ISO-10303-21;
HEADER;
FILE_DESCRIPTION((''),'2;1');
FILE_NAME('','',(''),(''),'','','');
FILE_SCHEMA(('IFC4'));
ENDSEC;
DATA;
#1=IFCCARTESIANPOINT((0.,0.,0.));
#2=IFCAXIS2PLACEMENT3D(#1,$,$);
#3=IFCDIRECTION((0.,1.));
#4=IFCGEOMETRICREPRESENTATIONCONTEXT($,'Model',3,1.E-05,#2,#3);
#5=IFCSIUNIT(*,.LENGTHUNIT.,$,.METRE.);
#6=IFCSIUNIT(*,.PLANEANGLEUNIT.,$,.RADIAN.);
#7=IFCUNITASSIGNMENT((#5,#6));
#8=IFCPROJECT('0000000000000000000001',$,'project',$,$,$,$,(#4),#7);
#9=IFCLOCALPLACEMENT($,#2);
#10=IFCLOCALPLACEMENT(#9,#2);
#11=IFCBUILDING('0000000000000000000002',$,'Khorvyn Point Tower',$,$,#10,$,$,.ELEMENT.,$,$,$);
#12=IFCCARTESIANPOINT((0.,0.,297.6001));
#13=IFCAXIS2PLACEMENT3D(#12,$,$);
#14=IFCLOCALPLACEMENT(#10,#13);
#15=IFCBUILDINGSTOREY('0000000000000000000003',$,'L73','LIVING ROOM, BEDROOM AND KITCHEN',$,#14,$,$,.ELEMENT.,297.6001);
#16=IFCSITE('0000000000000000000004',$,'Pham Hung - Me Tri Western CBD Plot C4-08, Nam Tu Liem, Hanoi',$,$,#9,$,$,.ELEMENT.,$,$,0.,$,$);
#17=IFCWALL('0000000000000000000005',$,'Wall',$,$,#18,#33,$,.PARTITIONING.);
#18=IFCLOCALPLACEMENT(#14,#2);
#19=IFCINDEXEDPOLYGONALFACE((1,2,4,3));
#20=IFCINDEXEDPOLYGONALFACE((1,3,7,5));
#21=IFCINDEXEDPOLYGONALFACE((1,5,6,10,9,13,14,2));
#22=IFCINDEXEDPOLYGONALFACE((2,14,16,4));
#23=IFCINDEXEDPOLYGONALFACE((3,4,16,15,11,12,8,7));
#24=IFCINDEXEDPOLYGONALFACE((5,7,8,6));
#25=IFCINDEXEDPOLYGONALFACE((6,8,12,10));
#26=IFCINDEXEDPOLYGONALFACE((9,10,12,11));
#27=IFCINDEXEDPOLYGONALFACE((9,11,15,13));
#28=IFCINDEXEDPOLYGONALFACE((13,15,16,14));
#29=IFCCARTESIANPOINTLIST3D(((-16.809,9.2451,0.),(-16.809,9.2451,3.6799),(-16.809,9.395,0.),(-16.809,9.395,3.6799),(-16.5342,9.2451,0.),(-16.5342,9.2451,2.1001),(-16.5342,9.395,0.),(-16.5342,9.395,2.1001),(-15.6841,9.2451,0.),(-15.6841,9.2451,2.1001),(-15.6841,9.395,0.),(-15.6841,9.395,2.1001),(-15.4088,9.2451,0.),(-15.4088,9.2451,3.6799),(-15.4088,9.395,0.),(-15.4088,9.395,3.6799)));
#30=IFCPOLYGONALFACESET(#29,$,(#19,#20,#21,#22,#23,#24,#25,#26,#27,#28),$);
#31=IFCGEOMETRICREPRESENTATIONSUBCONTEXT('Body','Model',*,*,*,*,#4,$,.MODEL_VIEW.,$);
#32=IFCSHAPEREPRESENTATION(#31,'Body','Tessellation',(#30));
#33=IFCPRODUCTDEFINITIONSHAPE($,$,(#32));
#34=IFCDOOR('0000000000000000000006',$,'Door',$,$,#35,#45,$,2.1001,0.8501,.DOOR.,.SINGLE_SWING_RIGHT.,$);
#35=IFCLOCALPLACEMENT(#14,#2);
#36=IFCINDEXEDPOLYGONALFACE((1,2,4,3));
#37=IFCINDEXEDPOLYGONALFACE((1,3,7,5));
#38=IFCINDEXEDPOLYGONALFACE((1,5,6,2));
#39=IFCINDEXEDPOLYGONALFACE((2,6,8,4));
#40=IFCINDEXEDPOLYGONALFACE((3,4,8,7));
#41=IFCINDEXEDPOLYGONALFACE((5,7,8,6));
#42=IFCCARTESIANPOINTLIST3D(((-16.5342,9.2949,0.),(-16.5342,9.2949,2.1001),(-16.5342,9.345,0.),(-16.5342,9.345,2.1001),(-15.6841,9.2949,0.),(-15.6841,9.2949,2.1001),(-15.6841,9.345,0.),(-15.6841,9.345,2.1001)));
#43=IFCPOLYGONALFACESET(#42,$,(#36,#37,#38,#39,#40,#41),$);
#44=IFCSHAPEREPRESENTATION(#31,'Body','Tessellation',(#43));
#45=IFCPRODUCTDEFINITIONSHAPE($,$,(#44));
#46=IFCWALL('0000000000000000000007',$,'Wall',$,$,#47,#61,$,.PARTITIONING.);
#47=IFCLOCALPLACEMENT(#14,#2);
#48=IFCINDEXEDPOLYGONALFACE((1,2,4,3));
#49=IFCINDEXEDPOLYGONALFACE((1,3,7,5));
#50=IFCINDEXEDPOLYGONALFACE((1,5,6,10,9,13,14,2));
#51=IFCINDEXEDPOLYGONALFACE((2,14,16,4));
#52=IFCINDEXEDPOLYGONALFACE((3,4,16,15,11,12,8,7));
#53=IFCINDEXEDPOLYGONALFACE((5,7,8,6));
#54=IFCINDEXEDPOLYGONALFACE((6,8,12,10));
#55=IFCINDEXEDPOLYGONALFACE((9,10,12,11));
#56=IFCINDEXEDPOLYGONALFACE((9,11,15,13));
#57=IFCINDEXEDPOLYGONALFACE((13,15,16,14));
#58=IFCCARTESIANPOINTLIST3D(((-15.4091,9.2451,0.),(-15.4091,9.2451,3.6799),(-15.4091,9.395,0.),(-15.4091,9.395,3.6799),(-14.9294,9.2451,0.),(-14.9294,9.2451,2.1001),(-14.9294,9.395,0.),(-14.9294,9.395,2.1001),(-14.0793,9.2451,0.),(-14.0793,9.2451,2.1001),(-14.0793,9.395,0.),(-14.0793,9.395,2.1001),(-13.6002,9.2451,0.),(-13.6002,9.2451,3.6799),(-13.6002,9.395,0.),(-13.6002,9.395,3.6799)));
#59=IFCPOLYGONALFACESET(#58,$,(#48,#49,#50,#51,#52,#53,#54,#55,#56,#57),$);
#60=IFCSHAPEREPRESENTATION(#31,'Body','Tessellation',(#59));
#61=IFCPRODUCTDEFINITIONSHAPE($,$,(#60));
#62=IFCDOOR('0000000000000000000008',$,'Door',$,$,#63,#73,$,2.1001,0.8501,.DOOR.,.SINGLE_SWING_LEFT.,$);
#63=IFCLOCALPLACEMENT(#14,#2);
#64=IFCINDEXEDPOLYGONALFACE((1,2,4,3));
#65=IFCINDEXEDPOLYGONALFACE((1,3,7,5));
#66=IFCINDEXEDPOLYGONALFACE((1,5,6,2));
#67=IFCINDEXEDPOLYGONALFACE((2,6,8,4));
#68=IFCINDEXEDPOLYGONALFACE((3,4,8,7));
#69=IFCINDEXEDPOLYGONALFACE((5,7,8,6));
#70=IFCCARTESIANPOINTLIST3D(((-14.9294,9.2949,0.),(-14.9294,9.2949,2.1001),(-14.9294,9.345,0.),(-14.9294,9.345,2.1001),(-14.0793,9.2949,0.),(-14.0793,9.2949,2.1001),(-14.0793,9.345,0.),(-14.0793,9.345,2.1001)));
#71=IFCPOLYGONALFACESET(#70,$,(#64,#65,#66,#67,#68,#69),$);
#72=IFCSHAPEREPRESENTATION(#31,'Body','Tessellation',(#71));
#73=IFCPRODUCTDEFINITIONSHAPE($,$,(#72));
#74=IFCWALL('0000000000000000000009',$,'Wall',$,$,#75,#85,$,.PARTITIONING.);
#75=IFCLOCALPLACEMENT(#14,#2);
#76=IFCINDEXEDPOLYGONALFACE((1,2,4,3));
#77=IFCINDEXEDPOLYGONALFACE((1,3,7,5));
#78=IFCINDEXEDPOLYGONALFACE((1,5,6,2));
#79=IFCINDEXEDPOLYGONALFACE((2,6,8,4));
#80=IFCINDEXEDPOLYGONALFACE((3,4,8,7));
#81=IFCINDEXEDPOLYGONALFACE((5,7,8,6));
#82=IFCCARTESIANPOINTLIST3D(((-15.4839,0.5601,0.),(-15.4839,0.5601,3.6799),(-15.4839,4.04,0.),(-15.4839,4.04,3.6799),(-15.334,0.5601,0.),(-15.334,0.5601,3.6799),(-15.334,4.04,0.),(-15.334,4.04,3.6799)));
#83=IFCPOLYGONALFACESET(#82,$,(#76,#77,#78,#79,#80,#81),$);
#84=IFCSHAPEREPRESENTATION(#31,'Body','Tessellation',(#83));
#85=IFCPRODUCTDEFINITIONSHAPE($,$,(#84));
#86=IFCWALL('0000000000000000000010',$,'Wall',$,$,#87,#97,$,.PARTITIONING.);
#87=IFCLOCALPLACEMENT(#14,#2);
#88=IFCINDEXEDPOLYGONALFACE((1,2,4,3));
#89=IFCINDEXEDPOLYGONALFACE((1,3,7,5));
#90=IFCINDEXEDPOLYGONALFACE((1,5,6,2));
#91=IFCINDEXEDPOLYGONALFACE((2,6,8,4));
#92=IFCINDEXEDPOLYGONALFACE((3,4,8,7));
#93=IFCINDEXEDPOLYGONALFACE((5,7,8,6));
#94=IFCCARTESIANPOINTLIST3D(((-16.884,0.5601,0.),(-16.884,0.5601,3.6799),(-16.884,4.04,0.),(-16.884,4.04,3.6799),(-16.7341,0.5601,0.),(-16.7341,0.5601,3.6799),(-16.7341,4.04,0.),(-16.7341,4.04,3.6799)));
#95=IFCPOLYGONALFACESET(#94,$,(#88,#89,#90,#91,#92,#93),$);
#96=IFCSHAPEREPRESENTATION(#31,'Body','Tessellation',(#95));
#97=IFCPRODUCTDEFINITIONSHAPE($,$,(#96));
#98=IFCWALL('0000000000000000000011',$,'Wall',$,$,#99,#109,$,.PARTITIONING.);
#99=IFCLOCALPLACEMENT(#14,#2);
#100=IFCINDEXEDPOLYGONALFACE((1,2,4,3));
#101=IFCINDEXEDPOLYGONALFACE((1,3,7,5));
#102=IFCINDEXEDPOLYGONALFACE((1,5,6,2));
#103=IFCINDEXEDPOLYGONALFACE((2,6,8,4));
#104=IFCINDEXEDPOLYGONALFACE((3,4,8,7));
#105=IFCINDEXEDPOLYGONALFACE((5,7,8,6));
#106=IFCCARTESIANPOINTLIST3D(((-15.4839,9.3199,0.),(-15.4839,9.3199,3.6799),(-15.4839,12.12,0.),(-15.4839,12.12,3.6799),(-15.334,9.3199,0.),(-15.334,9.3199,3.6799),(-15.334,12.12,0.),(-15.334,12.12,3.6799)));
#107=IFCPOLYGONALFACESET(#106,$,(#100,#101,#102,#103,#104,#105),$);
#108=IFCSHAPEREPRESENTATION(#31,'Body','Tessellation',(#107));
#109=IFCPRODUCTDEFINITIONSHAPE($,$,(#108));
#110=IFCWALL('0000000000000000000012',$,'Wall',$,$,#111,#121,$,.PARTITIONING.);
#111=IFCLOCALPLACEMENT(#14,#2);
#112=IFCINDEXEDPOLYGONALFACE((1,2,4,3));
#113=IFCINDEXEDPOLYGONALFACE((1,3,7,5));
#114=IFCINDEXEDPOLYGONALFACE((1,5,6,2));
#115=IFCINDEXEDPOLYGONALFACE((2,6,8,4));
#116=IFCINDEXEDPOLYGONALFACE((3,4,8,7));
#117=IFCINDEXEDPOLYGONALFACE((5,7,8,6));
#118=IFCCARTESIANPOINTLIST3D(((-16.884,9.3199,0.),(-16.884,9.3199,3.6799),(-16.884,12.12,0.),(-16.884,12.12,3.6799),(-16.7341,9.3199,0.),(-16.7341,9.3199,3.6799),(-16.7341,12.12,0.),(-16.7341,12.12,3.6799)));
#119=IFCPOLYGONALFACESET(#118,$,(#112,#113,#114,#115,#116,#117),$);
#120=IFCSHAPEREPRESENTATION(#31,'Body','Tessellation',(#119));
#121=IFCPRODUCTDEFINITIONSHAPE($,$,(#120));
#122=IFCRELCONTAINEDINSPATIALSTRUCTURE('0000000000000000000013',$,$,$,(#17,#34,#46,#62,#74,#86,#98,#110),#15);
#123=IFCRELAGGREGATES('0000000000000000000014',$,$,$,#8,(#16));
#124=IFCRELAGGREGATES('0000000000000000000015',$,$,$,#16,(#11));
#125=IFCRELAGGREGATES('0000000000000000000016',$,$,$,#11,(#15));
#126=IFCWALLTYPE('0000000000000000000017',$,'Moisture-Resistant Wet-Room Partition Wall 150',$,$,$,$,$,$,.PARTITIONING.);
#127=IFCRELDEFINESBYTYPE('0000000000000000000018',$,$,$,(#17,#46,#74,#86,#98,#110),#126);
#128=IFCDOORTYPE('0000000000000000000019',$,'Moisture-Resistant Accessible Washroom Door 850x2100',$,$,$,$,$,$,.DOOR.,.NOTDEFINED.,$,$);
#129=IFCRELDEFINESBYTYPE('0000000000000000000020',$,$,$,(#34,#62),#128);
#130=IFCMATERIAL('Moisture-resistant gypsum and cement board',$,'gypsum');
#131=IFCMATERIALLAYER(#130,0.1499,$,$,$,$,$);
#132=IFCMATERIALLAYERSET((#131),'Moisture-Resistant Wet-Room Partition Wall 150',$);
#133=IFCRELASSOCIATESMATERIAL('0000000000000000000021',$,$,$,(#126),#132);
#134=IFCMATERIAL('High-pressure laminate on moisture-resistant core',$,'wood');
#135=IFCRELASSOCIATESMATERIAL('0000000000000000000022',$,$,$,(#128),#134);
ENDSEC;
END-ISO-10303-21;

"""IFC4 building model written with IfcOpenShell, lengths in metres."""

from ifc_helpers import new_model, si_unit, direction, frame, frame_2d, origin, place, context, subcontext, project, spatial, rectangle, extrude, material, layer, layer_set, type_object, element, fill, save


model = new_model("IFC4")

# Units and contexts
model_context = context("Model", 3, precision=1e-05, world=origin(), true_north=direction((0.0, 1.0)))
body_context = subcontext(model_context, "Body", "Model", "MODEL_VIEW")
ifc_project = project(units=[si_unit("LENGTHUNIT", "METRE"), si_unit("PLANEANGLEUNIT", "RADIAN")], contexts=[model_context])

# Site, building, storey
site_placement = place(None, origin())
site = spatial("IfcSite", under=ifc_project, at=site_placement, Name="Pham Hung - Me Tri Western CBD Plot C4-08, Nam Tu Liem, Hanoi", CompositionType="ELEMENT", RefElevation=0.0)
building_placement = place(site_placement, origin())
building = spatial("IfcBuilding", under=site, at=building_placement, Name="Khorvyn Point Tower", CompositionType="ELEMENT")
storey_placement = place(building_placement, frame((0.0, 0.0, 297.6001)))
storey = spatial("IfcBuildingStorey", under=building, at=storey_placement, Name="L73", Description="LIVING ROOM, BEDROOM AND KITCHEN", CompositionType="ELEMENT", Elevation=297.6001)

# Walls, openings, doors
ifc_material_1 = material(Name="Moisture-resistant gypsum and cement board", Category="gypsum")
ifc_layer_1 = layer(ifc_material_1, 0.1499)
ifc_layer_set_1 = layer_set([ifc_layer_1], Name="Moisture-Resistant Wet-Room Partition Wall 150")
wall_type_1 = type_object("IfcWallType", Name="Moisture-Resistant Wet-Room Partition Wall 150", PredefinedType="PARTITIONING", material=ifc_layer_set_1)
ifc_material_2 = material(Name="High-pressure laminate on moisture-resistant core", Category="wood")
door_type_1 = type_object("IfcDoorType", Name="Moisture-Resistant Accessible Washroom Door 850x2100", OperationType="NOTDEFINED", PredefinedType="DOOR", material=ifc_material_2)
wall_1_placement = place(storey_placement, frame((-16.8091, 9.3201, 0.0), z_axis=(0.0, 0.0, 1.0), x_axis=(1.0, 0.0, 0.0)))
wall_1 = element("IfcWall", 1, at=wall_1_placement, inside=storey, type_object=wall_type_1, Name="Wall", PredefinedType="PARTITIONING", context=body_context, shape_type="SweptSolid", body=[
    extrude(rectangle(XDim=1.4001, YDim=0.1499, at=frame_2d((0.7002, 0.0))), origin(), (0.0, 0.0, 1.0), 3.6799),
])
opening_1_placement = place(wall_1_placement, frame((0.2749, 0.0, 0.0)))
opening_1 = element("IfcOpeningElement", 2, at=opening_1_placement, cuts=wall_1, PredefinedType="OPENING", context=body_context, shape_type="SweptSolid", body=[
    extrude(rectangle(XDim=0.8501, YDim=2.1001, at=frame_2d((0.425, 1.05))), frame((0.0, 0.085, 0.0), z_axis=(0.0, -1.0, 0.0), x_axis=(1.0, 0.0, 0.0)), (0.0, 0.0, 1.0), 0.1699),
])
door_1_placement = place(opening_1_placement, origin())
door_1 = element("IfcDoor", 3, at=door_1_placement, inside=storey, type_object=door_type_1, Name="Door", OperationType="SINGLE_SWING_RIGHT", OverallHeight=2.1001, OverallWidth=0.8501, PredefinedType="DOOR", context=body_context, shape_type="SweptSolid", body=[
    extrude(rectangle(XDim=0.8501, YDim=2.1001, at=frame_2d((0.425, 1.05))), frame((0.0, 0.0249, 0.0), z_axis=(0.0, -1.0, 0.0), x_axis=(1.0, 0.0, 0.0)), (0.0, 0.0, 1.0), 0.05),
])
fill(opening_1, door_1)
wall_2_placement = place(storey_placement, frame((-15.4089, 9.3201, 0.0), z_axis=(0.0, 0.0, 1.0), x_axis=(1.0, 0.0, 0.0)))
wall_2 = element("IfcWall", 4, at=wall_2_placement, inside=storey, type_object=wall_type_1, Name="Wall", PredefinedType="PARTITIONING", context=body_context, shape_type="SweptSolid", body=[
    extrude(rectangle(XDim=1.8088, YDim=0.1499, at=frame_2d((0.9043, 0.0))), origin(), (0.0, 0.0, 1.0), 3.6799),
])
opening_2_placement = place(wall_2_placement, frame((0.4795, 0.0, 0.0)))
opening_2 = element("IfcOpeningElement", 5, at=opening_2_placement, cuts=wall_2, PredefinedType="OPENING", context=body_context, shape_type="SweptSolid", body=[
    extrude(rectangle(XDim=0.8501, YDim=2.1001, at=frame_2d((0.425, 1.05))), frame((0.0, 0.085, 0.0), z_axis=(0.0, -1.0, 0.0), x_axis=(1.0, 0.0, 0.0)), (0.0, 0.0, 1.0), 0.1699),
])
door_2_placement = place(opening_2_placement, origin())
door_2 = element("IfcDoor", 6, at=door_2_placement, inside=storey, type_object=door_type_1, Name="Door", OperationType="SINGLE_SWING_LEFT", OverallHeight=2.1001, OverallWidth=0.8501, PredefinedType="DOOR", context=body_context, shape_type="SweptSolid", body=[
    extrude(rectangle(XDim=0.8501, YDim=2.1001, at=frame_2d((0.425, 1.05))), frame((0.0, 0.0249, 0.0), z_axis=(0.0, -1.0, 0.0), x_axis=(1.0, 0.0, 0.0)), (0.0, 0.0, 1.0), 0.05),
])
fill(opening_2, door_2)

# Walls
for number, where, z_axis, x_axis, name in (
    (7, (-15.4089, 0.5601, 0.0), (0.0, 0.0, 1.0), (0.0, 1.0, 0.0), "Wall"),
    (8, (-16.8091, 0.5601, 0.0), (0.0, 0.0, 1.0), (0.0, 1.0, 0.0), "Wall"),
):
    element("IfcWall", number, at=place(storey_placement, frame(where, z_axis=z_axis, x_axis=x_axis)), inside=storey, type_object=wall_type_1, Name=name, PredefinedType="PARTITIONING", context=body_context, shape_type="SweptSolid", body=[
        extrude(rectangle(XDim=3.48, YDim=0.1499, at=frame_2d((1.74, 0.0))), origin(), (0.0, 0.0, 1.0), 3.6799),
    ])
for number, where, z_axis, x_axis, name in (
    (9, (-15.4089, 9.3201, 0.0), (0.0, 0.0, 1.0), (0.0, 1.0, 0.0), "Wall"),
    (10, (-16.8091, 9.3201, 0.0), (0.0, 0.0, 1.0), (0.0, 1.0, 0.0), "Wall"),
):
    element("IfcWall", number, at=place(storey_placement, frame(where, z_axis=z_axis, x_axis=x_axis)), inside=storey, type_object=wall_type_1, Name=name, PredefinedType="PARTITIONING", context=body_context, shape_type="SweptSolid", body=[
        extrude(rectangle(XDim=2.8, YDim=0.1499, at=frame_2d((1.3999, 0.0))), origin(), (0.0, 0.0, 1.0), 3.6799),
    ])

save(model, "model.ifc")
